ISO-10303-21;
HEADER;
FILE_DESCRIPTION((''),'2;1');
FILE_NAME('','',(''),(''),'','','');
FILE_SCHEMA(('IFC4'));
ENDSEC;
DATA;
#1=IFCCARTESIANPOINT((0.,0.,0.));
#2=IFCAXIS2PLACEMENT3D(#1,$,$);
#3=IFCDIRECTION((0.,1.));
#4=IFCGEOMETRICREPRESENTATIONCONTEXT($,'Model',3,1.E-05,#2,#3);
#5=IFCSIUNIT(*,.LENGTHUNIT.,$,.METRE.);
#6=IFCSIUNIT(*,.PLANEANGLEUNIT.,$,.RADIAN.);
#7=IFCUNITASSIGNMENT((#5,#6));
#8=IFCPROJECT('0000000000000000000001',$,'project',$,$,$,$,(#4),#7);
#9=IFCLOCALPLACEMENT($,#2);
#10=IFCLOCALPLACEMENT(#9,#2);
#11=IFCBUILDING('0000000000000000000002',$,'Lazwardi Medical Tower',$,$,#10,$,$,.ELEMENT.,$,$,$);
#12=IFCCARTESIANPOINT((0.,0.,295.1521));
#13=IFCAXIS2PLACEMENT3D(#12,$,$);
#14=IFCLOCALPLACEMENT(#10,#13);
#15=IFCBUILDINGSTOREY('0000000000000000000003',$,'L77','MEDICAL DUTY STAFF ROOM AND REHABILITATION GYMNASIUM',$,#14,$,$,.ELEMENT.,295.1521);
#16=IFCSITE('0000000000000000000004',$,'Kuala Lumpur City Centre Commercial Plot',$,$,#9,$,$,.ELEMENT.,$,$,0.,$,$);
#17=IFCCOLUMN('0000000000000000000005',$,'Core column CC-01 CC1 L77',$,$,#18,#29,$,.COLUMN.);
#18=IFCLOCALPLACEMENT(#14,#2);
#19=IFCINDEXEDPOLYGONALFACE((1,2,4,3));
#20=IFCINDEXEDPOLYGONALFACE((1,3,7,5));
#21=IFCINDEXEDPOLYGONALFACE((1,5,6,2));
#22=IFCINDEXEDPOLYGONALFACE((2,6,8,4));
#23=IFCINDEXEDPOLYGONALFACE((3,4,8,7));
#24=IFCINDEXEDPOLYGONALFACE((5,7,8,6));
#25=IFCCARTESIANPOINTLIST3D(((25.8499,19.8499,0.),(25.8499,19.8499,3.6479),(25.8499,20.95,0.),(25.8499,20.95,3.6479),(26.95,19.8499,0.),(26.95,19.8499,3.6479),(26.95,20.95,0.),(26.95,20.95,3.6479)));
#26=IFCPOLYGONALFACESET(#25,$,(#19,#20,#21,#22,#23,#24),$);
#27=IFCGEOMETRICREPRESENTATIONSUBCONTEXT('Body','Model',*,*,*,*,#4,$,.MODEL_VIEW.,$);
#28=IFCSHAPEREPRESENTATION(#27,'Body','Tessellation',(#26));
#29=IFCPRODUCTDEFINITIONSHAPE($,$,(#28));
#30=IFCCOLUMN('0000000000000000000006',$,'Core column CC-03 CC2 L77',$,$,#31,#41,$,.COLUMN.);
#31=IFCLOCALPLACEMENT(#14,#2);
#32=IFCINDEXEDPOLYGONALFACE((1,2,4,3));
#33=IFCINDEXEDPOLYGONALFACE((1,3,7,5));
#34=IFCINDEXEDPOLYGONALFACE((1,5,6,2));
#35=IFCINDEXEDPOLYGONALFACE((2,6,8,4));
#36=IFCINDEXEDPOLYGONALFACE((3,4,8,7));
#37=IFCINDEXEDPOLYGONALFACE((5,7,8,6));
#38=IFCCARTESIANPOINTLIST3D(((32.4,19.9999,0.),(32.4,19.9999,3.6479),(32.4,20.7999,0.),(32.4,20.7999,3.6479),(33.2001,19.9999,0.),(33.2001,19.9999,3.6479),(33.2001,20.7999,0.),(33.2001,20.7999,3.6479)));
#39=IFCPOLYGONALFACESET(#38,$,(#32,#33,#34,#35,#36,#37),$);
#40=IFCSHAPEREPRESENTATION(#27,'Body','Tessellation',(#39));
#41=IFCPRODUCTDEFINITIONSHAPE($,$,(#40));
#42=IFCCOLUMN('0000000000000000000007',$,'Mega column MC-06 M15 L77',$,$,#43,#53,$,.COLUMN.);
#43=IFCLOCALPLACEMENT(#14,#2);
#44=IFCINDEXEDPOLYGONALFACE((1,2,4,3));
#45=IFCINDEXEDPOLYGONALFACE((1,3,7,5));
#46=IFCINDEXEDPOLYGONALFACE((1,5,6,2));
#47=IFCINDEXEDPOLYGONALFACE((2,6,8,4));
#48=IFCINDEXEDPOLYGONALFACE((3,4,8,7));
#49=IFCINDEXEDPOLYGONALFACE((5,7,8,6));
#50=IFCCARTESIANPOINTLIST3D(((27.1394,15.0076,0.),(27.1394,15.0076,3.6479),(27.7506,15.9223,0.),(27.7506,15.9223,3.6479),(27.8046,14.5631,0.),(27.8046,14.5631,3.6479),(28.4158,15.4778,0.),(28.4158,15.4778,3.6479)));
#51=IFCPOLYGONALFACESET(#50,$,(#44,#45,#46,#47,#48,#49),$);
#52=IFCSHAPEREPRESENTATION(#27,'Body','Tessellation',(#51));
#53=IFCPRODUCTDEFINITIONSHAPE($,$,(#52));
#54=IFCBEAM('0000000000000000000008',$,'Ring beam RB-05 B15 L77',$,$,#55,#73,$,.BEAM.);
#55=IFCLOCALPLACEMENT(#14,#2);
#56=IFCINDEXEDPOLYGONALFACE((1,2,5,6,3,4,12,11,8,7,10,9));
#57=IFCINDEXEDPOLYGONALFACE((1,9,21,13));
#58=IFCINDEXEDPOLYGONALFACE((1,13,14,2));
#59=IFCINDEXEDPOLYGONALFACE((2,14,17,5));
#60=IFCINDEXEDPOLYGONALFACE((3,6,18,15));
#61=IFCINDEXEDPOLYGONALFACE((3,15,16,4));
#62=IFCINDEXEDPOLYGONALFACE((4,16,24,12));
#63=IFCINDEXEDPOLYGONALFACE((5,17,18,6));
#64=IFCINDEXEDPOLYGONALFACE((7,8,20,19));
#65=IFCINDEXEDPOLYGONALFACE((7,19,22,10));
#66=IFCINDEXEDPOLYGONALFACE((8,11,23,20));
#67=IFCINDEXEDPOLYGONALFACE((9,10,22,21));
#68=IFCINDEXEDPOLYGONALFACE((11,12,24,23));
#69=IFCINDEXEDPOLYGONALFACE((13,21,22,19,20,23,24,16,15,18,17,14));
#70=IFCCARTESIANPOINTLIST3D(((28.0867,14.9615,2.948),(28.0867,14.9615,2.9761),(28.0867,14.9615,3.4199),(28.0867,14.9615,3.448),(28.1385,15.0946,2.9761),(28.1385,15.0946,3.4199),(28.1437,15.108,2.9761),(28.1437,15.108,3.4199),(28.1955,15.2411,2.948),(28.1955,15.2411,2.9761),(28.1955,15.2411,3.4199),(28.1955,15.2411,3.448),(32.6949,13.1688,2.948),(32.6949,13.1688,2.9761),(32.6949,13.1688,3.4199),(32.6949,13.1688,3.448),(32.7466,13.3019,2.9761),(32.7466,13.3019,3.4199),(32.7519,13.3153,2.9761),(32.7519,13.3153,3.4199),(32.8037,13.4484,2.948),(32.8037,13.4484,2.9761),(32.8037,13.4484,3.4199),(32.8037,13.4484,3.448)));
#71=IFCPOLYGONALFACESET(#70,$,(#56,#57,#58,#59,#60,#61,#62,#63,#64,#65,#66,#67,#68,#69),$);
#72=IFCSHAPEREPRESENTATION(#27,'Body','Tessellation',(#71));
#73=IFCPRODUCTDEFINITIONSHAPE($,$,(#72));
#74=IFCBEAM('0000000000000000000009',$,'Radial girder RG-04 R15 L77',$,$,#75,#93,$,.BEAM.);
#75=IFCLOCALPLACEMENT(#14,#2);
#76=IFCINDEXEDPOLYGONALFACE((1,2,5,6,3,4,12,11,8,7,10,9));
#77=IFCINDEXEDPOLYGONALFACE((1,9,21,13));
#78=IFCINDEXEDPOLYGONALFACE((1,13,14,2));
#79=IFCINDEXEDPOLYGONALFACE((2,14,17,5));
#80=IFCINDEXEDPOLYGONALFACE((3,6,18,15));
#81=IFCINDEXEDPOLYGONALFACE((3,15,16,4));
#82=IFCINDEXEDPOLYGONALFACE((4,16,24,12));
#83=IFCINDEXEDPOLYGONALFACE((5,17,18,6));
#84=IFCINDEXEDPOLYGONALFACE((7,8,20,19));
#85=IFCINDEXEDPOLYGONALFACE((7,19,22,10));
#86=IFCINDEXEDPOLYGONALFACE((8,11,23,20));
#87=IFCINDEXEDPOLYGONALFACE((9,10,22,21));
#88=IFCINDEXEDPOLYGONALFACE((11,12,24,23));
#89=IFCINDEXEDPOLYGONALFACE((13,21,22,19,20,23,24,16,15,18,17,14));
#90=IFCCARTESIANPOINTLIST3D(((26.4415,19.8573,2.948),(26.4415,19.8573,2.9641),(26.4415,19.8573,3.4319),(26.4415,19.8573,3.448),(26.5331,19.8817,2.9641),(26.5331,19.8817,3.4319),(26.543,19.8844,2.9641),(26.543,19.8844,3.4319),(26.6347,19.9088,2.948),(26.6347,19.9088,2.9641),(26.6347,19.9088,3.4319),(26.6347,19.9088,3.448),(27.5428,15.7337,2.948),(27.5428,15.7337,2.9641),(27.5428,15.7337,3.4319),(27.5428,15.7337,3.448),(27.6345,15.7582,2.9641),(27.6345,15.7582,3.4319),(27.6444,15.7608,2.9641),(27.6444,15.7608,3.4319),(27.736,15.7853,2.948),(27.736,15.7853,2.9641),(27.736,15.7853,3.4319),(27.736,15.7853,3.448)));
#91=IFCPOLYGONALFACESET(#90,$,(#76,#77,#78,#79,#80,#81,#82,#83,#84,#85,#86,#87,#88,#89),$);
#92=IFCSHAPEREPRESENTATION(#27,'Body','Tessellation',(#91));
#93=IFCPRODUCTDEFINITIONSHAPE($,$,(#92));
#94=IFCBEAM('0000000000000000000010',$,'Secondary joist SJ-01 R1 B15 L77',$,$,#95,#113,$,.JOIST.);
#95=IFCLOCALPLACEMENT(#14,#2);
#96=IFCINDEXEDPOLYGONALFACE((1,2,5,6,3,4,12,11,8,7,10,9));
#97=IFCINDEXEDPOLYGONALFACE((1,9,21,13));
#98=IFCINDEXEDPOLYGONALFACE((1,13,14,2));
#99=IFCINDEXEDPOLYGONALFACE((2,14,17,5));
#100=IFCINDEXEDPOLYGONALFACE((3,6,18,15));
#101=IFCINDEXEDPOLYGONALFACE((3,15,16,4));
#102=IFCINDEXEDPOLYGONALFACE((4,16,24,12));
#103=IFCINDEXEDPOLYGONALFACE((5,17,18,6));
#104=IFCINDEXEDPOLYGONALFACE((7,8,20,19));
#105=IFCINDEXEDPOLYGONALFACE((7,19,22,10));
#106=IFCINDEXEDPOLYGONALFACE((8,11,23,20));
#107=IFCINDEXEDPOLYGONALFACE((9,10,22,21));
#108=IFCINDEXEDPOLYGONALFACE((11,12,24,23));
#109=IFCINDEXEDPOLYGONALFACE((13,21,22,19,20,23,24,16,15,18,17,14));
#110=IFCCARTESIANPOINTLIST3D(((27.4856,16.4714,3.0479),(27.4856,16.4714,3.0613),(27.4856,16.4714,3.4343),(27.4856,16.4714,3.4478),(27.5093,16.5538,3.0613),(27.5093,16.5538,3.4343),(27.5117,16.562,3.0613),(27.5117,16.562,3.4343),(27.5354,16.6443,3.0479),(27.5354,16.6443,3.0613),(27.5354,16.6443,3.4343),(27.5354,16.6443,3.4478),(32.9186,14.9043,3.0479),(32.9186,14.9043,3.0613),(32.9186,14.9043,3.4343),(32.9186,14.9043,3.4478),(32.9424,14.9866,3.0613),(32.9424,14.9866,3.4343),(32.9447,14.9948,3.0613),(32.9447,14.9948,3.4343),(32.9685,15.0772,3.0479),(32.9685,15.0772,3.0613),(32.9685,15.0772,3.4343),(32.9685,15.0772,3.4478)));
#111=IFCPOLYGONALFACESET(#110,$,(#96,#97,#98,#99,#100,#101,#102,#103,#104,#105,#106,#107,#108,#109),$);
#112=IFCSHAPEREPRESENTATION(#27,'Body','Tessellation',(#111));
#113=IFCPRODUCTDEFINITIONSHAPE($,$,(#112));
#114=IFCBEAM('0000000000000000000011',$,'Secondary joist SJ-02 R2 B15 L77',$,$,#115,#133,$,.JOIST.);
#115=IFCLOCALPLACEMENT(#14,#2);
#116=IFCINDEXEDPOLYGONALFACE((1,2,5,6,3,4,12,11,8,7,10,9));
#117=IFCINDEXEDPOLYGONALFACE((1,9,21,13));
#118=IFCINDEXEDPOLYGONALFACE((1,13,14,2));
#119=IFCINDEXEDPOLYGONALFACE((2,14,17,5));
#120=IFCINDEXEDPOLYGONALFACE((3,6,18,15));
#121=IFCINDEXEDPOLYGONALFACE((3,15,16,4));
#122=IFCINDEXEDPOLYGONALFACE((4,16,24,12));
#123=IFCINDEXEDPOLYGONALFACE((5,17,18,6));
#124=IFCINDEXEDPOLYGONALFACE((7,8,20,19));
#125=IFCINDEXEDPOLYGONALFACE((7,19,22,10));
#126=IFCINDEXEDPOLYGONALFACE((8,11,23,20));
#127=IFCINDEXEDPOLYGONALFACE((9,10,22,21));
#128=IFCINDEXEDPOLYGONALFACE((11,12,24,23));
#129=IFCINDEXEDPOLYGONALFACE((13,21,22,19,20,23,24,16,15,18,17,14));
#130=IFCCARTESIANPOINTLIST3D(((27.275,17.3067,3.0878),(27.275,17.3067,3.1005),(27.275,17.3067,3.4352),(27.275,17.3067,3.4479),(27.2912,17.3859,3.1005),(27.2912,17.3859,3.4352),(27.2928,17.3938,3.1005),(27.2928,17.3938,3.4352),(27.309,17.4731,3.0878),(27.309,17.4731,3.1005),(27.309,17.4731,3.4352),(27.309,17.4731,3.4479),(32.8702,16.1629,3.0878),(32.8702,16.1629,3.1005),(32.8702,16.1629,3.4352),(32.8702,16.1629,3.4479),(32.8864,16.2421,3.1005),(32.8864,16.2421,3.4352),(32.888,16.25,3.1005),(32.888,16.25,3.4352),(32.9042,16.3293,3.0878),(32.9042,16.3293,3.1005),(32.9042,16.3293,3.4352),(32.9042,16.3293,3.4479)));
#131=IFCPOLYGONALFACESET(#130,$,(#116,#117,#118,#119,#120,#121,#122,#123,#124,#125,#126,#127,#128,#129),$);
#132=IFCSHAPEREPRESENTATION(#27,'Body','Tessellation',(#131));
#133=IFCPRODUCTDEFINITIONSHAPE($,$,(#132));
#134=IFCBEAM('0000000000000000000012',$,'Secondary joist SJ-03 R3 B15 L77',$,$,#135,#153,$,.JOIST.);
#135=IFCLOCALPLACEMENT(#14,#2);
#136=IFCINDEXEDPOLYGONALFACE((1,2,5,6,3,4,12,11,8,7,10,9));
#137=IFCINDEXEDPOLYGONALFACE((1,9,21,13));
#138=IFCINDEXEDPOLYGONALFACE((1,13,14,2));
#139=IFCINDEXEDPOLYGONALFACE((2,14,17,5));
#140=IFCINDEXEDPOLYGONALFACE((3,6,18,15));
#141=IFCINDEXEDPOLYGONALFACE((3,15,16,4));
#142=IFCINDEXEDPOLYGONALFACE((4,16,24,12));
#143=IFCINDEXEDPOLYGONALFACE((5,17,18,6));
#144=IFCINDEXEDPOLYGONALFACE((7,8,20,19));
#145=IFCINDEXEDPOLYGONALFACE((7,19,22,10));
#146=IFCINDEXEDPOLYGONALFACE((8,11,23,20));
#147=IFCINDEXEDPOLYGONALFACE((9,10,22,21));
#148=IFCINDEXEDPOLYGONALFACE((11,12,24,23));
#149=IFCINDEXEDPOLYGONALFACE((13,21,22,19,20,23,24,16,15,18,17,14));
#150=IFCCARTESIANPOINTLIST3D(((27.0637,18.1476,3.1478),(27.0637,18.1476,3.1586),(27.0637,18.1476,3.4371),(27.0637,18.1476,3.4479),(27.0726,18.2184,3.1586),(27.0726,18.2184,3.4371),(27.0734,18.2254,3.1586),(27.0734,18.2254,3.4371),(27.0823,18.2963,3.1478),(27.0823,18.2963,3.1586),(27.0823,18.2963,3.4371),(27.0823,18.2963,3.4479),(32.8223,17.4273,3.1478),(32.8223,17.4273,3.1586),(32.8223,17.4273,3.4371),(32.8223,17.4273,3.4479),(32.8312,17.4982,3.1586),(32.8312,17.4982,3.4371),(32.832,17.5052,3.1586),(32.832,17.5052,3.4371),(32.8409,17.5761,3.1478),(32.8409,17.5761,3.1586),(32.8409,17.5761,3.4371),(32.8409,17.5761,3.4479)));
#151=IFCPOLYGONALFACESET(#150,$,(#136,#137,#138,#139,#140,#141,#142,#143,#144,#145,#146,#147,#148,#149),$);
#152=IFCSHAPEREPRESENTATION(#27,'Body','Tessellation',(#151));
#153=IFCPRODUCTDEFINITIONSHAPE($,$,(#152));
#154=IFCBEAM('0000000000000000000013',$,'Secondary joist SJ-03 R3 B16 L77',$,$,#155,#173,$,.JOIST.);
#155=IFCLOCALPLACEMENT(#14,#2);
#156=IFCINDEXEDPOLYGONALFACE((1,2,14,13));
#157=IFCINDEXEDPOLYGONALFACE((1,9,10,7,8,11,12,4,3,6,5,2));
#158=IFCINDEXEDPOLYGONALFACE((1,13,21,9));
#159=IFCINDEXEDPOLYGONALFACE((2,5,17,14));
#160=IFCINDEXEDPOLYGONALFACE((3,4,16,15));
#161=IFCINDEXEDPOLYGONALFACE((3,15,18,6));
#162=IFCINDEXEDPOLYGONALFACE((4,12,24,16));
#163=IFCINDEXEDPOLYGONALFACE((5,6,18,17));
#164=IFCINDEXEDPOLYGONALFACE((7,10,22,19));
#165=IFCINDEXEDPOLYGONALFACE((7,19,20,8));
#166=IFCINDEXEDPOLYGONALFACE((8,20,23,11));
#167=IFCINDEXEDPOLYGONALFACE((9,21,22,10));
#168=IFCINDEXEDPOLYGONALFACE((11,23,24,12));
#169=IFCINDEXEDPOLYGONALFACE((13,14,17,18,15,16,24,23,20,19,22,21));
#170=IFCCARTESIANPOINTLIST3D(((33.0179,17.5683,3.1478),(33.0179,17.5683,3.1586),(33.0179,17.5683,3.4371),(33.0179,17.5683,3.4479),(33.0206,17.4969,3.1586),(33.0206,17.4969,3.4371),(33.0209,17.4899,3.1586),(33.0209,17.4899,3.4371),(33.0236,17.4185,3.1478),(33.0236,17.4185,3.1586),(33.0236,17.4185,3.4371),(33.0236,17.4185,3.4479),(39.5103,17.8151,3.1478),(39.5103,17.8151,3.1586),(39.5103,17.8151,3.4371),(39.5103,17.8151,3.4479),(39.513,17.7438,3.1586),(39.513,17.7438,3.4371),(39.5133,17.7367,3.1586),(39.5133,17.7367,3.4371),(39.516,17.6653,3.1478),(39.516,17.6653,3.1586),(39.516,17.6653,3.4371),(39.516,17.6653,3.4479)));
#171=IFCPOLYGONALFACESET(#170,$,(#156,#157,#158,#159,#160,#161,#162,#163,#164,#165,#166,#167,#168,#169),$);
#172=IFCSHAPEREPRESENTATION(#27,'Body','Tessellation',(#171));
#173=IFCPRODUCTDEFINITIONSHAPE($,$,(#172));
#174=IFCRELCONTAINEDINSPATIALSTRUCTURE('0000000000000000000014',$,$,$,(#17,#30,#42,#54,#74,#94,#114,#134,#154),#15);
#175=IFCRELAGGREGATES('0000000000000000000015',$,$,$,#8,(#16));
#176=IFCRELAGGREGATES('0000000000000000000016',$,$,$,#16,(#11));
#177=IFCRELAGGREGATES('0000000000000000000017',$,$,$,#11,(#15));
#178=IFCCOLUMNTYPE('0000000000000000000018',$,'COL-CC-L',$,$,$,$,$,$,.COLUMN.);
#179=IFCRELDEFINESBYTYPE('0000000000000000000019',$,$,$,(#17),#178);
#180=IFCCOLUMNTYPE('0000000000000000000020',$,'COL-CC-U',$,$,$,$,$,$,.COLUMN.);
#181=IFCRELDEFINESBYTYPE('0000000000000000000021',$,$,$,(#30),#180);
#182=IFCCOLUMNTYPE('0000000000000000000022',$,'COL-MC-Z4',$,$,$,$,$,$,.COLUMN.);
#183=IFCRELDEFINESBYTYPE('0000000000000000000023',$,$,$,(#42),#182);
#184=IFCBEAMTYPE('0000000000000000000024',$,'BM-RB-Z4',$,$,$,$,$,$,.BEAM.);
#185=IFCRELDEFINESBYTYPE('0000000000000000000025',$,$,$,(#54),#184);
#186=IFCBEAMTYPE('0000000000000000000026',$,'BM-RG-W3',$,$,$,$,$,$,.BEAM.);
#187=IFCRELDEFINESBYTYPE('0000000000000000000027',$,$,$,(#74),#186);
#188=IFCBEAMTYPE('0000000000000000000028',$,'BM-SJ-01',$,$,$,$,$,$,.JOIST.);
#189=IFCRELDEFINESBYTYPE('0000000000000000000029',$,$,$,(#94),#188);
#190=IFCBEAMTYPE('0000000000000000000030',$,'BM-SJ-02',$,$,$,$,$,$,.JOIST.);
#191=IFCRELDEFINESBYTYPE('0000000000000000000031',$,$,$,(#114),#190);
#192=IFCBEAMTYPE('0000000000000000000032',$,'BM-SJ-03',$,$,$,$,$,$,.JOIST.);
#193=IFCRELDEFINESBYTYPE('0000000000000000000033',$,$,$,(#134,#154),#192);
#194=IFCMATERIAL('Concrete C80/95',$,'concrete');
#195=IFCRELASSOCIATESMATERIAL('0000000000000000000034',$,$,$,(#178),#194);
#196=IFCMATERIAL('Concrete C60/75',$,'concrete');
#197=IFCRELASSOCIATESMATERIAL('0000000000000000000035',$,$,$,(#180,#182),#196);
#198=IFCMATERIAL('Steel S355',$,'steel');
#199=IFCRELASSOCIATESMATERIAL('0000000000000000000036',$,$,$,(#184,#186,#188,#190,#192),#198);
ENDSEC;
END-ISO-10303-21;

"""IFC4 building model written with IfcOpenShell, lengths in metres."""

from ifc_helpers import new_model, si_unit, direction, frame, origin, origin_2d, place, context, subcontext, project, spatial, rectangle, i_section, extrude, material, material_profile, profile_set, type_object, element, save


model = new_model("IFC4")

# Units and contexts
model_context = context("Model", 3, precision=1e-05, world=origin(), true_north=direction((0.0, 1.0)))
body_context = subcontext(model_context, "Body", "Model", "MODEL_VIEW")
ifc_project = project(units=[si_unit("LENGTHUNIT", "METRE"), si_unit("PLANEANGLEUNIT", "RADIAN")], contexts=[model_context])

# Site, building, storey
site_placement = place(None, origin())
site = spatial("IfcSite", under=ifc_project, at=site_placement, Name="Kuala Lumpur City Centre Commercial Plot", CompositionType="ELEMENT", RefElevation=0.0)
building_placement = place(site_placement, origin())
building = spatial("IfcBuilding", under=site, at=building_placement, Name="Lazwardi Medical Tower", CompositionType="ELEMENT")
storey_placement = place(building_placement, frame((0.0, 0.0, 295.1521)))
storey = spatial("IfcBuildingStorey", under=building, at=storey_placement, Name="L77", Description="MEDICAL DUTY STAFF ROOM AND REHABILITATION GYMNASIUM", CompositionType="ELEMENT", Elevation=295.1521)

# Columns
ifc_material_1 = material(Name="Concrete C80/95", Category="concrete")
ifc_material_profile_1 = material_profile(ifc_material_1, rectangle(XDim=1.1001, YDim=1.1001, at=origin_2d()), Name="RC 1100x1100")
ifc_profile_set_1 = profile_set([ifc_material_profile_1], Name="Concrete C80/95")
column_type_1 = type_object("IfcColumnType", Name="COL-CC-L", PredefinedType="COLUMN", material=ifc_profile_set_1)
column_1_placement = place(storey_placement, frame((26.3999, 20.3999, 0.0), z_axis=(0.0, 0.0, 1.0), x_axis=(1.0, 0.0, 0.0)))
element("IfcColumn", 1, at=column_1_placement, inside=storey, type_object=column_type_1, Name="Core column CC-01 CC1 L77", PredefinedType="COLUMN", context=body_context, shape_type="SweptSolid", body=[
    extrude(rectangle(XDim=1.1001, YDim=1.1001, at=origin_2d()), origin(), (0.0, 0.0, 1.0), 3.6479),
])
ifc_material_2 = material(Name="Concrete C60/75", Category="concrete")
ifc_material_profile_2 = material_profile(ifc_material_2, rectangle(XDim=0.8, YDim=0.8, at=origin_2d()), Name="RC 800x800")
ifc_profile_set_2 = profile_set([ifc_material_profile_2], Name="Concrete C60/75")
column_type_2 = type_object("IfcColumnType", Name="COL-CC-U", PredefinedType="COLUMN", material=ifc_profile_set_2)
column_2_placement = place(storey_placement, frame((32.8, 20.3999, 0.0), z_axis=(0.0, 0.0, 1.0), x_axis=(1.0, 0.0, 0.0)))
element("IfcColumn", 2, at=column_2_placement, inside=storey, type_object=column_type_2, Name="Core column CC-03 CC2 L77", PredefinedType="COLUMN", context=body_context, shape_type="SweptSolid", body=[
    extrude(rectangle(XDim=0.8, YDim=0.8, at=origin_2d()), origin(), (0.0, 0.0, 1.0), 3.6479),
])
ifc_material_profile_3 = material_profile(ifc_material_2, rectangle(XDim=1.1001, YDim=0.8, at=origin_2d()), Name="CFT-RECT 1100x800")
ifc_profile_set_3 = profile_set([ifc_material_profile_3], Name="Concrete C60/75")
column_type_3 = type_object("IfcColumnType", Name="COL-MC-Z4", PredefinedType="COLUMN", material=ifc_profile_set_3)
column_3_placement = place(storey_placement, frame((27.7776, 15.2427, 0.0), z_axis=(0.0, 0.0, 1.0), x_axis=(-0.55557, -0.83147, 0.0)))
element("IfcColumn", 3, at=column_3_placement, inside=storey, type_object=column_type_3, Name="Mega column MC-06 M15 L77", PredefinedType="COLUMN", context=body_context, shape_type="SweptSolid", body=[
    extrude(rectangle(XDim=1.1001, YDim=0.8, at=origin_2d()), origin(), (0.0, 0.0, 1.0), 3.6479),
])

# Beams
ifc_material_3 = material(Name="Steel S355", Category="steel")
ifc_material_profile_4 = material_profile(ifc_material_3, i_section(OverallWidth=0.3, OverallDepth=0.5, WebThickness=0.0144, FlangeThickness=0.0281, at=origin_2d()), Name="HEB 500")
ifc_profile_set_4 = profile_set([ifc_material_profile_4], Name="Steel S355")
beam_type_1 = type_object("IfcBeamType", Name="BM-RB-Z4", PredefinedType="BEAM", material=ifc_profile_set_4)
beam_1_placement = place(storey_placement, frame((28.1411, 15.1013, 3.198), z_axis=(0.931959, -0.362563, 0.0), x_axis=(0.362563, 0.931959, 0.0)))
element("IfcBeam", 4, at=beam_1_placement, inside=storey, type_object=beam_type_1, Name="Ring beam RB-05 B15 L77", PredefinedType="BEAM", context=body_context, shape_type="SweptSolid", body=[
    extrude(i_section(OverallWidth=0.3, OverallDepth=0.5, WebThickness=0.0144, FlangeThickness=0.0281, at=origin_2d()), origin(), (0.0, 0.0, 1.0), 4.9446),
])
ifc_material_profile_5 = material_profile(ifc_material_3, i_section(OverallWidth=0.2, OverallDepth=0.5, WebThickness=0.0103, FlangeThickness=0.0161, at=origin_2d()), Name="IPE 500")
ifc_profile_set_5 = profile_set([ifc_material_profile_5], Name="Steel S355")
beam_type_2 = type_object("IfcBeamType", Name="BM-RG-W3", PredefinedType="BEAM", material=ifc_profile_set_5)
beam_2_placement = place(storey_placement, frame((27.6394, 15.7595, 3.198), z_axis=(-0.258036, 0.966135, 0.0), x_axis=(-0.966135, -0.258036, 0.0)))
element("IfcBeam", 5, at=beam_2_placement, inside=storey, type_object=beam_type_2, Name="Radial girder RG-04 R15 L77", PredefinedType="BEAM", context=body_context, shape_type="SweptSolid", body=[
    extrude(i_section(OverallWidth=0.2, OverallDepth=0.5, WebThickness=0.0103, FlangeThickness=0.0161, at=origin_2d()), origin(), (0.0, 0.0, 1.0), 4.2681),
])
ifc_material_profile_6 = material_profile(ifc_material_3, i_section(OverallWidth=0.1799, OverallDepth=0.3999, WebThickness=0.0085, FlangeThickness=0.0134, at=origin_2d()), Name="IPE 400")
ifc_profile_set_6 = profile_set([ifc_material_profile_6], Name="Steel S355")
beam_type_3 = type_object("IfcBeamType", Name="BM-SJ-01", PredefinedType="JOIST", material=ifc_profile_set_6)
beam_3_placement = place(storey_placement, frame((27.5105, 16.5579, 3.2478), z_axis=(0.960828, -0.277144, 0.0), x_axis=(0.277144, 0.960828, 0.0)))
element("IfcBeam", 6, at=beam_3_placement, inside=storey, type_object=beam_type_3, Name="Secondary joist SJ-01 R1 B15 L77", PredefinedType="JOIST", context=body_context, shape_type="SweptSolid", body=[
    extrude(i_section(OverallWidth=0.1799, OverallDepth=0.3999, WebThickness=0.0085, FlangeThickness=0.0134, at=origin_2d()), origin(), (0.0, 0.0, 1.0), 5.6545),
])
ifc_material_profile_7 = material_profile(ifc_material_3, i_section(OverallWidth=0.1699, OverallDepth=0.3601, WebThickness=0.0081, FlangeThickness=0.0127, at=origin_2d()), Name="IPE 360")
ifc_profile_set_7 = profile_set([ifc_material_profile_7], Name="Steel S355")
beam_type_4 = type_object("IfcBeamType", Name="BM-SJ-02", PredefinedType="JOIST", material=ifc_profile_set_7)
beam_4_placement = place(storey_placement, frame((27.292, 17.3899, 3.2678), z_axis=(0.979738, -0.200282, 0.0), x_axis=(0.200282, 0.979738, 0.0)))
element("IfcBeam", 7, at=beam_4_placement, inside=storey, type_object=beam_type_4, Name="Secondary joist SJ-02 R2 B15 L77", PredefinedType="JOIST", context=body_context, shape_type="SweptSolid", body=[
    extrude(i_section(OverallWidth=0.1699, OverallDepth=0.3601, WebThickness=0.0081, FlangeThickness=0.0127, at=origin_2d()), origin(), (0.0, 0.0, 1.0), 5.7109),
])
ifc_material_profile_8 = material_profile(ifc_material_3, i_section(OverallWidth=0.1499, OverallDepth=0.3, WebThickness=0.0071, FlangeThickness=0.0107, at=origin_2d()), Name="IPE 300")
ifc_profile_set_8 = profile_set([ifc_material_profile_8], Name="Steel S355")
beam_type_5 = type_object("IfcBeamType", Name="BM-SJ-03", PredefinedType="JOIST", material=ifc_profile_set_8)
beam_5_placement = place(storey_placement, frame((27.073, 18.2219, 3.2979), z_axis=(0.992269, -0.124102, 0.0), x_axis=(0.124102, 0.992269, 0.0)))
element("IfcBeam", 8, at=beam_5_placement, inside=storey, type_object=beam_type_5, Name="Secondary joist SJ-03 R3 B15 L77", PredefinedType="JOIST", context=body_context, shape_type="SweptSolid", body=[
    extrude(i_section(OverallWidth=0.1499, OverallDepth=0.3, WebThickness=0.0071, FlangeThickness=0.0107, at=origin_2d()), origin(), (0.0, 0.0, 1.0), 5.8035),
])
beam_6_placement = place(storey_placement, frame((33.0208, 17.4934, 3.2979), z_axis=(0.999278, 0.03799, 0.0), x_axis=(-0.03799, 0.999278, 0.0)))
element("IfcBeam", 9, at=beam_6_placement, inside=storey, type_object=beam_type_5, Name="Secondary joist SJ-03 R3 B16 L77", PredefinedType="JOIST", context=body_context, shape_type="SweptSolid", body=[
    extrude(i_section(OverallWidth=0.1499, OverallDepth=0.3, WebThickness=0.0071, FlangeThickness=0.0107, at=origin_2d()), origin(), (0.0, 0.0, 1.0), 6.4971),
])

save(model, "model.ifc")
